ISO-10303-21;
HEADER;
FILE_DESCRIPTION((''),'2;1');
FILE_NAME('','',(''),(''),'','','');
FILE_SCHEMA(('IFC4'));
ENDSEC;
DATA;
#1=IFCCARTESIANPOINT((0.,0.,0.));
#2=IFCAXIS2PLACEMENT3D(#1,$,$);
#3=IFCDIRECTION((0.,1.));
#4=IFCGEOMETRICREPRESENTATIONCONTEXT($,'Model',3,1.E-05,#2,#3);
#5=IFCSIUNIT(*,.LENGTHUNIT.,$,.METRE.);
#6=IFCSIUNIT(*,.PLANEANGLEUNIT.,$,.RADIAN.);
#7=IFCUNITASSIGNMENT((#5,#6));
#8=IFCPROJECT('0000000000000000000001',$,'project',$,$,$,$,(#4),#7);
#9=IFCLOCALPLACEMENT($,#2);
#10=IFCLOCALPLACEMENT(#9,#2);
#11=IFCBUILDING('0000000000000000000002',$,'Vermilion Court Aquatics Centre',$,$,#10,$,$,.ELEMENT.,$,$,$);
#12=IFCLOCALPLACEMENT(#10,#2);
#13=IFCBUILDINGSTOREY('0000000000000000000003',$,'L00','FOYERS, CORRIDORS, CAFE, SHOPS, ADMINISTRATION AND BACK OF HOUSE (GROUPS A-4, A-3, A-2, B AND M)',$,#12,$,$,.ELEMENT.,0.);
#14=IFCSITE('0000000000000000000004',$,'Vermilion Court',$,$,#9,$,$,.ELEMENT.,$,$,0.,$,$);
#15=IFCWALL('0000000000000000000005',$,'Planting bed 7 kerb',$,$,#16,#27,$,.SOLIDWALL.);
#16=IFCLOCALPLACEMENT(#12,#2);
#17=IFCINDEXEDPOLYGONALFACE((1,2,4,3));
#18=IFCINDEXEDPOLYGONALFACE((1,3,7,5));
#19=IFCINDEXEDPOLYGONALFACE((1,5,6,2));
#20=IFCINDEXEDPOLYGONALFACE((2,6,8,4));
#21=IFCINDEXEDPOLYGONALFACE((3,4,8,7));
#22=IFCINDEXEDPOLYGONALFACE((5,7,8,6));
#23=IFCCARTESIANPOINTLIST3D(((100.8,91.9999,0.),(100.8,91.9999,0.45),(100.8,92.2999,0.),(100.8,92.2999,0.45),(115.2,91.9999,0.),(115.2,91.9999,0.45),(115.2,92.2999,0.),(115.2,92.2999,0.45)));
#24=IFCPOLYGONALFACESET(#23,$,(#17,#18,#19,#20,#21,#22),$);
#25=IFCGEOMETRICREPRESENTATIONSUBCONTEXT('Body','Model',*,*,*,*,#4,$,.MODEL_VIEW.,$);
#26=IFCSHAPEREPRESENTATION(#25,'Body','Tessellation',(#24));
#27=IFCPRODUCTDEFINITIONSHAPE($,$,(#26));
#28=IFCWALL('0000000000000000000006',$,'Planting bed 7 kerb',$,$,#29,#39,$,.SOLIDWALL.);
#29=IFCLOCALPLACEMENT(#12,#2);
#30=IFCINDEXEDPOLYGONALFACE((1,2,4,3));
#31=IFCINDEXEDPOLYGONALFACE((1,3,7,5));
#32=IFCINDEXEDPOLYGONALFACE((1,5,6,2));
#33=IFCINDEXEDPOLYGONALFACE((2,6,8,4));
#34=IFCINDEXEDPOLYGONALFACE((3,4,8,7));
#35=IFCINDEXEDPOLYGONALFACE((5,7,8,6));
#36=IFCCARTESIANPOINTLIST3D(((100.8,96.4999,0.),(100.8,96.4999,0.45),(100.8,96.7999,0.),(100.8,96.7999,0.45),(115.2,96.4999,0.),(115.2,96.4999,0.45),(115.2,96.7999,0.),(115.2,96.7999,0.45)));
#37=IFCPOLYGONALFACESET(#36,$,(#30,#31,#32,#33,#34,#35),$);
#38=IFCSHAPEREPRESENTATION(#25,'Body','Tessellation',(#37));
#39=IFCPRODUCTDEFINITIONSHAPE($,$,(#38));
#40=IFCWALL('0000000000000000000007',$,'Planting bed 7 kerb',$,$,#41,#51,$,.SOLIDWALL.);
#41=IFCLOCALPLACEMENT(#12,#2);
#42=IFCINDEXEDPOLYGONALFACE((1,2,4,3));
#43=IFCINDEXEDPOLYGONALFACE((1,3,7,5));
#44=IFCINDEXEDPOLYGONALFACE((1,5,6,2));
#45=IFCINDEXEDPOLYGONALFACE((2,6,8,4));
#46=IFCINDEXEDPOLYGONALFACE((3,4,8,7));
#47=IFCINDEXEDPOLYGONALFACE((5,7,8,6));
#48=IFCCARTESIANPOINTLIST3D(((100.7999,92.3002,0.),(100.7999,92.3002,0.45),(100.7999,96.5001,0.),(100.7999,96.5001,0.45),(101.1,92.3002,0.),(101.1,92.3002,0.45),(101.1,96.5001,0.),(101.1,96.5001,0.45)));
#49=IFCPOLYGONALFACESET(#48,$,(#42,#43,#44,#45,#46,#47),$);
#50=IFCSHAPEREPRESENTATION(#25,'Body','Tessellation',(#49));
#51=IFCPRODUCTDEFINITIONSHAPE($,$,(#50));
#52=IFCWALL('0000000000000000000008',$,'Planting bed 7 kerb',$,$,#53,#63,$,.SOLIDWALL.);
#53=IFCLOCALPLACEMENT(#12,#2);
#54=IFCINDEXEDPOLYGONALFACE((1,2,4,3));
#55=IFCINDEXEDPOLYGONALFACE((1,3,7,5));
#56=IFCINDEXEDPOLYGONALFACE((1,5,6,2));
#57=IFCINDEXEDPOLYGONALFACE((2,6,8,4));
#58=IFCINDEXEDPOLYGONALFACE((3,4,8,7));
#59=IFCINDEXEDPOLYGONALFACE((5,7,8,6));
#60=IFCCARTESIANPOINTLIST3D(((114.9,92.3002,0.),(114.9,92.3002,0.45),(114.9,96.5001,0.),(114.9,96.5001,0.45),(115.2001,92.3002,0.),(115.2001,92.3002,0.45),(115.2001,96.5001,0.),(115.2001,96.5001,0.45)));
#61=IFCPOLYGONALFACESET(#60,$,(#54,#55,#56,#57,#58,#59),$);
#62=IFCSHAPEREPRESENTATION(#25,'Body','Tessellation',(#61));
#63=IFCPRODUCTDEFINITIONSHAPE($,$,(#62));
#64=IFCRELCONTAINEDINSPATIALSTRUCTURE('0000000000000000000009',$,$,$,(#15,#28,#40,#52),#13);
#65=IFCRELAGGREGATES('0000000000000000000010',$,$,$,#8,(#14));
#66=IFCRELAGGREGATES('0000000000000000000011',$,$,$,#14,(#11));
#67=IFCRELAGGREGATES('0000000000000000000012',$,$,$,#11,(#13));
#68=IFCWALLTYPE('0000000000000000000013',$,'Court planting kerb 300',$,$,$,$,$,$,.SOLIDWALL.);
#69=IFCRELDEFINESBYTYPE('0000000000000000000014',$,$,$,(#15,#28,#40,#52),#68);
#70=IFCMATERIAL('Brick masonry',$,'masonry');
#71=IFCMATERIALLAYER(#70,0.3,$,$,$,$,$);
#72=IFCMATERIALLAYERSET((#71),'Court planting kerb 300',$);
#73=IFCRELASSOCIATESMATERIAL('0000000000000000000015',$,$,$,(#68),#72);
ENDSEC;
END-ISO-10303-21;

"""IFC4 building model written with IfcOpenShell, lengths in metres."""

from ifc_helpers import new_model, si_unit, direction, frame, frame_2d, origin, place, context, subcontext, project, spatial, rectangle, extrude, material, layer, layer_set, type_object, element, save


model = new_model("IFC4")

# Units and contexts
model_context = context("Model", 3, precision=1e-05, world=origin(), true_north=direction((0.0, 1.0)))
body_context = subcontext(model_context, "Body", "Model", "MODEL_VIEW")
ifc_project = project(units=[si_unit("LENGTHUNIT", "METRE"), si_unit("PLANEANGLEUNIT", "RADIAN")], contexts=[model_context])

# Site, building, storey
site_placement = place(None, origin())
site = spatial("IfcSite", under=ifc_project, at=site_placement, Name="Vermilion Court", CompositionType="ELEMENT", RefElevation=0.0)
building_placement = place(site_placement, origin())
building = spatial("IfcBuilding", under=site, at=building_placement, Name="Vermilion Court Aquatics Centre", CompositionType="ELEMENT")
storey_placement = place(building_placement, origin())
storey = spatial("IfcBuildingStorey", under=building, at=storey_placement, Name="L00", Description="FOYERS, CORRIDORS, CAFE, SHOPS, ADMINISTRATION AND BACK OF HOUSE (GROUPS A-4, A-3, A-2, B AND M)", CompositionType="ELEMENT", Elevation=0.0)

# Walls
ifc_material_1 = material(Name="Brick masonry", Category="masonry")
ifc_layer = layer(ifc_material_1, 0.3)
ifc_layer_set = layer_set([ifc_layer], Name="Court planting kerb 300")
wall_type = type_object("IfcWallType", Name="Court planting kerb 300", PredefinedType="SOLIDWALL", material=ifc_layer_set)
for number, where, z_axis, x_axis, name in (
    (1, (100.8, 92.1499, 0.0), (0.0, 0.0, 1.0), (1.0, 0.0, 0.0), "Planting bed 7 kerb"),
    (2, (100.8, 96.6499, 0.0), (0.0, 0.0, 1.0), (1.0, 0.0, 0.0), "Planting bed 7 kerb"),
):
    element("IfcWall", number, at=place(storey_placement, frame(where, z_axis=z_axis, x_axis=x_axis)), inside=storey, type_object=wall_type, Name=name, PredefinedType="SOLIDWALL", context=body_context, shape_type="SweptSolid", body=[
        extrude(rectangle(XDim=14.3999, YDim=0.3, at=frame_2d((7.2, 0.0))), origin(), (0.0, 0.0, 1.0), 0.45),
    ])
for number, where, z_axis, x_axis, name in (
    (3, (100.95, 92.3, 0.0), (0.0, 0.0, 1.0), (0.0, 1.0, 0.0), "Planting bed 7 kerb"),
    (4, (115.05, 92.3, 0.0), (0.0, 0.0, 1.0), (0.0, 1.0, 0.0), "Planting bed 7 kerb"),
):
    element("IfcWall", number, at=place(storey_placement, frame(where, z_axis=z_axis, x_axis=x_axis)), inside=storey, type_object=wall_type, Name=name, PredefinedType="SOLIDWALL", context=body_context, shape_type="SweptSolid", body=[
        extrude(rectangle(XDim=4.2, YDim=0.3, at=frame_2d((2.1001, 0.0))), origin(), (0.0, 0.0, 1.0), 0.45),
    ])

save(model, "model.ifc")
